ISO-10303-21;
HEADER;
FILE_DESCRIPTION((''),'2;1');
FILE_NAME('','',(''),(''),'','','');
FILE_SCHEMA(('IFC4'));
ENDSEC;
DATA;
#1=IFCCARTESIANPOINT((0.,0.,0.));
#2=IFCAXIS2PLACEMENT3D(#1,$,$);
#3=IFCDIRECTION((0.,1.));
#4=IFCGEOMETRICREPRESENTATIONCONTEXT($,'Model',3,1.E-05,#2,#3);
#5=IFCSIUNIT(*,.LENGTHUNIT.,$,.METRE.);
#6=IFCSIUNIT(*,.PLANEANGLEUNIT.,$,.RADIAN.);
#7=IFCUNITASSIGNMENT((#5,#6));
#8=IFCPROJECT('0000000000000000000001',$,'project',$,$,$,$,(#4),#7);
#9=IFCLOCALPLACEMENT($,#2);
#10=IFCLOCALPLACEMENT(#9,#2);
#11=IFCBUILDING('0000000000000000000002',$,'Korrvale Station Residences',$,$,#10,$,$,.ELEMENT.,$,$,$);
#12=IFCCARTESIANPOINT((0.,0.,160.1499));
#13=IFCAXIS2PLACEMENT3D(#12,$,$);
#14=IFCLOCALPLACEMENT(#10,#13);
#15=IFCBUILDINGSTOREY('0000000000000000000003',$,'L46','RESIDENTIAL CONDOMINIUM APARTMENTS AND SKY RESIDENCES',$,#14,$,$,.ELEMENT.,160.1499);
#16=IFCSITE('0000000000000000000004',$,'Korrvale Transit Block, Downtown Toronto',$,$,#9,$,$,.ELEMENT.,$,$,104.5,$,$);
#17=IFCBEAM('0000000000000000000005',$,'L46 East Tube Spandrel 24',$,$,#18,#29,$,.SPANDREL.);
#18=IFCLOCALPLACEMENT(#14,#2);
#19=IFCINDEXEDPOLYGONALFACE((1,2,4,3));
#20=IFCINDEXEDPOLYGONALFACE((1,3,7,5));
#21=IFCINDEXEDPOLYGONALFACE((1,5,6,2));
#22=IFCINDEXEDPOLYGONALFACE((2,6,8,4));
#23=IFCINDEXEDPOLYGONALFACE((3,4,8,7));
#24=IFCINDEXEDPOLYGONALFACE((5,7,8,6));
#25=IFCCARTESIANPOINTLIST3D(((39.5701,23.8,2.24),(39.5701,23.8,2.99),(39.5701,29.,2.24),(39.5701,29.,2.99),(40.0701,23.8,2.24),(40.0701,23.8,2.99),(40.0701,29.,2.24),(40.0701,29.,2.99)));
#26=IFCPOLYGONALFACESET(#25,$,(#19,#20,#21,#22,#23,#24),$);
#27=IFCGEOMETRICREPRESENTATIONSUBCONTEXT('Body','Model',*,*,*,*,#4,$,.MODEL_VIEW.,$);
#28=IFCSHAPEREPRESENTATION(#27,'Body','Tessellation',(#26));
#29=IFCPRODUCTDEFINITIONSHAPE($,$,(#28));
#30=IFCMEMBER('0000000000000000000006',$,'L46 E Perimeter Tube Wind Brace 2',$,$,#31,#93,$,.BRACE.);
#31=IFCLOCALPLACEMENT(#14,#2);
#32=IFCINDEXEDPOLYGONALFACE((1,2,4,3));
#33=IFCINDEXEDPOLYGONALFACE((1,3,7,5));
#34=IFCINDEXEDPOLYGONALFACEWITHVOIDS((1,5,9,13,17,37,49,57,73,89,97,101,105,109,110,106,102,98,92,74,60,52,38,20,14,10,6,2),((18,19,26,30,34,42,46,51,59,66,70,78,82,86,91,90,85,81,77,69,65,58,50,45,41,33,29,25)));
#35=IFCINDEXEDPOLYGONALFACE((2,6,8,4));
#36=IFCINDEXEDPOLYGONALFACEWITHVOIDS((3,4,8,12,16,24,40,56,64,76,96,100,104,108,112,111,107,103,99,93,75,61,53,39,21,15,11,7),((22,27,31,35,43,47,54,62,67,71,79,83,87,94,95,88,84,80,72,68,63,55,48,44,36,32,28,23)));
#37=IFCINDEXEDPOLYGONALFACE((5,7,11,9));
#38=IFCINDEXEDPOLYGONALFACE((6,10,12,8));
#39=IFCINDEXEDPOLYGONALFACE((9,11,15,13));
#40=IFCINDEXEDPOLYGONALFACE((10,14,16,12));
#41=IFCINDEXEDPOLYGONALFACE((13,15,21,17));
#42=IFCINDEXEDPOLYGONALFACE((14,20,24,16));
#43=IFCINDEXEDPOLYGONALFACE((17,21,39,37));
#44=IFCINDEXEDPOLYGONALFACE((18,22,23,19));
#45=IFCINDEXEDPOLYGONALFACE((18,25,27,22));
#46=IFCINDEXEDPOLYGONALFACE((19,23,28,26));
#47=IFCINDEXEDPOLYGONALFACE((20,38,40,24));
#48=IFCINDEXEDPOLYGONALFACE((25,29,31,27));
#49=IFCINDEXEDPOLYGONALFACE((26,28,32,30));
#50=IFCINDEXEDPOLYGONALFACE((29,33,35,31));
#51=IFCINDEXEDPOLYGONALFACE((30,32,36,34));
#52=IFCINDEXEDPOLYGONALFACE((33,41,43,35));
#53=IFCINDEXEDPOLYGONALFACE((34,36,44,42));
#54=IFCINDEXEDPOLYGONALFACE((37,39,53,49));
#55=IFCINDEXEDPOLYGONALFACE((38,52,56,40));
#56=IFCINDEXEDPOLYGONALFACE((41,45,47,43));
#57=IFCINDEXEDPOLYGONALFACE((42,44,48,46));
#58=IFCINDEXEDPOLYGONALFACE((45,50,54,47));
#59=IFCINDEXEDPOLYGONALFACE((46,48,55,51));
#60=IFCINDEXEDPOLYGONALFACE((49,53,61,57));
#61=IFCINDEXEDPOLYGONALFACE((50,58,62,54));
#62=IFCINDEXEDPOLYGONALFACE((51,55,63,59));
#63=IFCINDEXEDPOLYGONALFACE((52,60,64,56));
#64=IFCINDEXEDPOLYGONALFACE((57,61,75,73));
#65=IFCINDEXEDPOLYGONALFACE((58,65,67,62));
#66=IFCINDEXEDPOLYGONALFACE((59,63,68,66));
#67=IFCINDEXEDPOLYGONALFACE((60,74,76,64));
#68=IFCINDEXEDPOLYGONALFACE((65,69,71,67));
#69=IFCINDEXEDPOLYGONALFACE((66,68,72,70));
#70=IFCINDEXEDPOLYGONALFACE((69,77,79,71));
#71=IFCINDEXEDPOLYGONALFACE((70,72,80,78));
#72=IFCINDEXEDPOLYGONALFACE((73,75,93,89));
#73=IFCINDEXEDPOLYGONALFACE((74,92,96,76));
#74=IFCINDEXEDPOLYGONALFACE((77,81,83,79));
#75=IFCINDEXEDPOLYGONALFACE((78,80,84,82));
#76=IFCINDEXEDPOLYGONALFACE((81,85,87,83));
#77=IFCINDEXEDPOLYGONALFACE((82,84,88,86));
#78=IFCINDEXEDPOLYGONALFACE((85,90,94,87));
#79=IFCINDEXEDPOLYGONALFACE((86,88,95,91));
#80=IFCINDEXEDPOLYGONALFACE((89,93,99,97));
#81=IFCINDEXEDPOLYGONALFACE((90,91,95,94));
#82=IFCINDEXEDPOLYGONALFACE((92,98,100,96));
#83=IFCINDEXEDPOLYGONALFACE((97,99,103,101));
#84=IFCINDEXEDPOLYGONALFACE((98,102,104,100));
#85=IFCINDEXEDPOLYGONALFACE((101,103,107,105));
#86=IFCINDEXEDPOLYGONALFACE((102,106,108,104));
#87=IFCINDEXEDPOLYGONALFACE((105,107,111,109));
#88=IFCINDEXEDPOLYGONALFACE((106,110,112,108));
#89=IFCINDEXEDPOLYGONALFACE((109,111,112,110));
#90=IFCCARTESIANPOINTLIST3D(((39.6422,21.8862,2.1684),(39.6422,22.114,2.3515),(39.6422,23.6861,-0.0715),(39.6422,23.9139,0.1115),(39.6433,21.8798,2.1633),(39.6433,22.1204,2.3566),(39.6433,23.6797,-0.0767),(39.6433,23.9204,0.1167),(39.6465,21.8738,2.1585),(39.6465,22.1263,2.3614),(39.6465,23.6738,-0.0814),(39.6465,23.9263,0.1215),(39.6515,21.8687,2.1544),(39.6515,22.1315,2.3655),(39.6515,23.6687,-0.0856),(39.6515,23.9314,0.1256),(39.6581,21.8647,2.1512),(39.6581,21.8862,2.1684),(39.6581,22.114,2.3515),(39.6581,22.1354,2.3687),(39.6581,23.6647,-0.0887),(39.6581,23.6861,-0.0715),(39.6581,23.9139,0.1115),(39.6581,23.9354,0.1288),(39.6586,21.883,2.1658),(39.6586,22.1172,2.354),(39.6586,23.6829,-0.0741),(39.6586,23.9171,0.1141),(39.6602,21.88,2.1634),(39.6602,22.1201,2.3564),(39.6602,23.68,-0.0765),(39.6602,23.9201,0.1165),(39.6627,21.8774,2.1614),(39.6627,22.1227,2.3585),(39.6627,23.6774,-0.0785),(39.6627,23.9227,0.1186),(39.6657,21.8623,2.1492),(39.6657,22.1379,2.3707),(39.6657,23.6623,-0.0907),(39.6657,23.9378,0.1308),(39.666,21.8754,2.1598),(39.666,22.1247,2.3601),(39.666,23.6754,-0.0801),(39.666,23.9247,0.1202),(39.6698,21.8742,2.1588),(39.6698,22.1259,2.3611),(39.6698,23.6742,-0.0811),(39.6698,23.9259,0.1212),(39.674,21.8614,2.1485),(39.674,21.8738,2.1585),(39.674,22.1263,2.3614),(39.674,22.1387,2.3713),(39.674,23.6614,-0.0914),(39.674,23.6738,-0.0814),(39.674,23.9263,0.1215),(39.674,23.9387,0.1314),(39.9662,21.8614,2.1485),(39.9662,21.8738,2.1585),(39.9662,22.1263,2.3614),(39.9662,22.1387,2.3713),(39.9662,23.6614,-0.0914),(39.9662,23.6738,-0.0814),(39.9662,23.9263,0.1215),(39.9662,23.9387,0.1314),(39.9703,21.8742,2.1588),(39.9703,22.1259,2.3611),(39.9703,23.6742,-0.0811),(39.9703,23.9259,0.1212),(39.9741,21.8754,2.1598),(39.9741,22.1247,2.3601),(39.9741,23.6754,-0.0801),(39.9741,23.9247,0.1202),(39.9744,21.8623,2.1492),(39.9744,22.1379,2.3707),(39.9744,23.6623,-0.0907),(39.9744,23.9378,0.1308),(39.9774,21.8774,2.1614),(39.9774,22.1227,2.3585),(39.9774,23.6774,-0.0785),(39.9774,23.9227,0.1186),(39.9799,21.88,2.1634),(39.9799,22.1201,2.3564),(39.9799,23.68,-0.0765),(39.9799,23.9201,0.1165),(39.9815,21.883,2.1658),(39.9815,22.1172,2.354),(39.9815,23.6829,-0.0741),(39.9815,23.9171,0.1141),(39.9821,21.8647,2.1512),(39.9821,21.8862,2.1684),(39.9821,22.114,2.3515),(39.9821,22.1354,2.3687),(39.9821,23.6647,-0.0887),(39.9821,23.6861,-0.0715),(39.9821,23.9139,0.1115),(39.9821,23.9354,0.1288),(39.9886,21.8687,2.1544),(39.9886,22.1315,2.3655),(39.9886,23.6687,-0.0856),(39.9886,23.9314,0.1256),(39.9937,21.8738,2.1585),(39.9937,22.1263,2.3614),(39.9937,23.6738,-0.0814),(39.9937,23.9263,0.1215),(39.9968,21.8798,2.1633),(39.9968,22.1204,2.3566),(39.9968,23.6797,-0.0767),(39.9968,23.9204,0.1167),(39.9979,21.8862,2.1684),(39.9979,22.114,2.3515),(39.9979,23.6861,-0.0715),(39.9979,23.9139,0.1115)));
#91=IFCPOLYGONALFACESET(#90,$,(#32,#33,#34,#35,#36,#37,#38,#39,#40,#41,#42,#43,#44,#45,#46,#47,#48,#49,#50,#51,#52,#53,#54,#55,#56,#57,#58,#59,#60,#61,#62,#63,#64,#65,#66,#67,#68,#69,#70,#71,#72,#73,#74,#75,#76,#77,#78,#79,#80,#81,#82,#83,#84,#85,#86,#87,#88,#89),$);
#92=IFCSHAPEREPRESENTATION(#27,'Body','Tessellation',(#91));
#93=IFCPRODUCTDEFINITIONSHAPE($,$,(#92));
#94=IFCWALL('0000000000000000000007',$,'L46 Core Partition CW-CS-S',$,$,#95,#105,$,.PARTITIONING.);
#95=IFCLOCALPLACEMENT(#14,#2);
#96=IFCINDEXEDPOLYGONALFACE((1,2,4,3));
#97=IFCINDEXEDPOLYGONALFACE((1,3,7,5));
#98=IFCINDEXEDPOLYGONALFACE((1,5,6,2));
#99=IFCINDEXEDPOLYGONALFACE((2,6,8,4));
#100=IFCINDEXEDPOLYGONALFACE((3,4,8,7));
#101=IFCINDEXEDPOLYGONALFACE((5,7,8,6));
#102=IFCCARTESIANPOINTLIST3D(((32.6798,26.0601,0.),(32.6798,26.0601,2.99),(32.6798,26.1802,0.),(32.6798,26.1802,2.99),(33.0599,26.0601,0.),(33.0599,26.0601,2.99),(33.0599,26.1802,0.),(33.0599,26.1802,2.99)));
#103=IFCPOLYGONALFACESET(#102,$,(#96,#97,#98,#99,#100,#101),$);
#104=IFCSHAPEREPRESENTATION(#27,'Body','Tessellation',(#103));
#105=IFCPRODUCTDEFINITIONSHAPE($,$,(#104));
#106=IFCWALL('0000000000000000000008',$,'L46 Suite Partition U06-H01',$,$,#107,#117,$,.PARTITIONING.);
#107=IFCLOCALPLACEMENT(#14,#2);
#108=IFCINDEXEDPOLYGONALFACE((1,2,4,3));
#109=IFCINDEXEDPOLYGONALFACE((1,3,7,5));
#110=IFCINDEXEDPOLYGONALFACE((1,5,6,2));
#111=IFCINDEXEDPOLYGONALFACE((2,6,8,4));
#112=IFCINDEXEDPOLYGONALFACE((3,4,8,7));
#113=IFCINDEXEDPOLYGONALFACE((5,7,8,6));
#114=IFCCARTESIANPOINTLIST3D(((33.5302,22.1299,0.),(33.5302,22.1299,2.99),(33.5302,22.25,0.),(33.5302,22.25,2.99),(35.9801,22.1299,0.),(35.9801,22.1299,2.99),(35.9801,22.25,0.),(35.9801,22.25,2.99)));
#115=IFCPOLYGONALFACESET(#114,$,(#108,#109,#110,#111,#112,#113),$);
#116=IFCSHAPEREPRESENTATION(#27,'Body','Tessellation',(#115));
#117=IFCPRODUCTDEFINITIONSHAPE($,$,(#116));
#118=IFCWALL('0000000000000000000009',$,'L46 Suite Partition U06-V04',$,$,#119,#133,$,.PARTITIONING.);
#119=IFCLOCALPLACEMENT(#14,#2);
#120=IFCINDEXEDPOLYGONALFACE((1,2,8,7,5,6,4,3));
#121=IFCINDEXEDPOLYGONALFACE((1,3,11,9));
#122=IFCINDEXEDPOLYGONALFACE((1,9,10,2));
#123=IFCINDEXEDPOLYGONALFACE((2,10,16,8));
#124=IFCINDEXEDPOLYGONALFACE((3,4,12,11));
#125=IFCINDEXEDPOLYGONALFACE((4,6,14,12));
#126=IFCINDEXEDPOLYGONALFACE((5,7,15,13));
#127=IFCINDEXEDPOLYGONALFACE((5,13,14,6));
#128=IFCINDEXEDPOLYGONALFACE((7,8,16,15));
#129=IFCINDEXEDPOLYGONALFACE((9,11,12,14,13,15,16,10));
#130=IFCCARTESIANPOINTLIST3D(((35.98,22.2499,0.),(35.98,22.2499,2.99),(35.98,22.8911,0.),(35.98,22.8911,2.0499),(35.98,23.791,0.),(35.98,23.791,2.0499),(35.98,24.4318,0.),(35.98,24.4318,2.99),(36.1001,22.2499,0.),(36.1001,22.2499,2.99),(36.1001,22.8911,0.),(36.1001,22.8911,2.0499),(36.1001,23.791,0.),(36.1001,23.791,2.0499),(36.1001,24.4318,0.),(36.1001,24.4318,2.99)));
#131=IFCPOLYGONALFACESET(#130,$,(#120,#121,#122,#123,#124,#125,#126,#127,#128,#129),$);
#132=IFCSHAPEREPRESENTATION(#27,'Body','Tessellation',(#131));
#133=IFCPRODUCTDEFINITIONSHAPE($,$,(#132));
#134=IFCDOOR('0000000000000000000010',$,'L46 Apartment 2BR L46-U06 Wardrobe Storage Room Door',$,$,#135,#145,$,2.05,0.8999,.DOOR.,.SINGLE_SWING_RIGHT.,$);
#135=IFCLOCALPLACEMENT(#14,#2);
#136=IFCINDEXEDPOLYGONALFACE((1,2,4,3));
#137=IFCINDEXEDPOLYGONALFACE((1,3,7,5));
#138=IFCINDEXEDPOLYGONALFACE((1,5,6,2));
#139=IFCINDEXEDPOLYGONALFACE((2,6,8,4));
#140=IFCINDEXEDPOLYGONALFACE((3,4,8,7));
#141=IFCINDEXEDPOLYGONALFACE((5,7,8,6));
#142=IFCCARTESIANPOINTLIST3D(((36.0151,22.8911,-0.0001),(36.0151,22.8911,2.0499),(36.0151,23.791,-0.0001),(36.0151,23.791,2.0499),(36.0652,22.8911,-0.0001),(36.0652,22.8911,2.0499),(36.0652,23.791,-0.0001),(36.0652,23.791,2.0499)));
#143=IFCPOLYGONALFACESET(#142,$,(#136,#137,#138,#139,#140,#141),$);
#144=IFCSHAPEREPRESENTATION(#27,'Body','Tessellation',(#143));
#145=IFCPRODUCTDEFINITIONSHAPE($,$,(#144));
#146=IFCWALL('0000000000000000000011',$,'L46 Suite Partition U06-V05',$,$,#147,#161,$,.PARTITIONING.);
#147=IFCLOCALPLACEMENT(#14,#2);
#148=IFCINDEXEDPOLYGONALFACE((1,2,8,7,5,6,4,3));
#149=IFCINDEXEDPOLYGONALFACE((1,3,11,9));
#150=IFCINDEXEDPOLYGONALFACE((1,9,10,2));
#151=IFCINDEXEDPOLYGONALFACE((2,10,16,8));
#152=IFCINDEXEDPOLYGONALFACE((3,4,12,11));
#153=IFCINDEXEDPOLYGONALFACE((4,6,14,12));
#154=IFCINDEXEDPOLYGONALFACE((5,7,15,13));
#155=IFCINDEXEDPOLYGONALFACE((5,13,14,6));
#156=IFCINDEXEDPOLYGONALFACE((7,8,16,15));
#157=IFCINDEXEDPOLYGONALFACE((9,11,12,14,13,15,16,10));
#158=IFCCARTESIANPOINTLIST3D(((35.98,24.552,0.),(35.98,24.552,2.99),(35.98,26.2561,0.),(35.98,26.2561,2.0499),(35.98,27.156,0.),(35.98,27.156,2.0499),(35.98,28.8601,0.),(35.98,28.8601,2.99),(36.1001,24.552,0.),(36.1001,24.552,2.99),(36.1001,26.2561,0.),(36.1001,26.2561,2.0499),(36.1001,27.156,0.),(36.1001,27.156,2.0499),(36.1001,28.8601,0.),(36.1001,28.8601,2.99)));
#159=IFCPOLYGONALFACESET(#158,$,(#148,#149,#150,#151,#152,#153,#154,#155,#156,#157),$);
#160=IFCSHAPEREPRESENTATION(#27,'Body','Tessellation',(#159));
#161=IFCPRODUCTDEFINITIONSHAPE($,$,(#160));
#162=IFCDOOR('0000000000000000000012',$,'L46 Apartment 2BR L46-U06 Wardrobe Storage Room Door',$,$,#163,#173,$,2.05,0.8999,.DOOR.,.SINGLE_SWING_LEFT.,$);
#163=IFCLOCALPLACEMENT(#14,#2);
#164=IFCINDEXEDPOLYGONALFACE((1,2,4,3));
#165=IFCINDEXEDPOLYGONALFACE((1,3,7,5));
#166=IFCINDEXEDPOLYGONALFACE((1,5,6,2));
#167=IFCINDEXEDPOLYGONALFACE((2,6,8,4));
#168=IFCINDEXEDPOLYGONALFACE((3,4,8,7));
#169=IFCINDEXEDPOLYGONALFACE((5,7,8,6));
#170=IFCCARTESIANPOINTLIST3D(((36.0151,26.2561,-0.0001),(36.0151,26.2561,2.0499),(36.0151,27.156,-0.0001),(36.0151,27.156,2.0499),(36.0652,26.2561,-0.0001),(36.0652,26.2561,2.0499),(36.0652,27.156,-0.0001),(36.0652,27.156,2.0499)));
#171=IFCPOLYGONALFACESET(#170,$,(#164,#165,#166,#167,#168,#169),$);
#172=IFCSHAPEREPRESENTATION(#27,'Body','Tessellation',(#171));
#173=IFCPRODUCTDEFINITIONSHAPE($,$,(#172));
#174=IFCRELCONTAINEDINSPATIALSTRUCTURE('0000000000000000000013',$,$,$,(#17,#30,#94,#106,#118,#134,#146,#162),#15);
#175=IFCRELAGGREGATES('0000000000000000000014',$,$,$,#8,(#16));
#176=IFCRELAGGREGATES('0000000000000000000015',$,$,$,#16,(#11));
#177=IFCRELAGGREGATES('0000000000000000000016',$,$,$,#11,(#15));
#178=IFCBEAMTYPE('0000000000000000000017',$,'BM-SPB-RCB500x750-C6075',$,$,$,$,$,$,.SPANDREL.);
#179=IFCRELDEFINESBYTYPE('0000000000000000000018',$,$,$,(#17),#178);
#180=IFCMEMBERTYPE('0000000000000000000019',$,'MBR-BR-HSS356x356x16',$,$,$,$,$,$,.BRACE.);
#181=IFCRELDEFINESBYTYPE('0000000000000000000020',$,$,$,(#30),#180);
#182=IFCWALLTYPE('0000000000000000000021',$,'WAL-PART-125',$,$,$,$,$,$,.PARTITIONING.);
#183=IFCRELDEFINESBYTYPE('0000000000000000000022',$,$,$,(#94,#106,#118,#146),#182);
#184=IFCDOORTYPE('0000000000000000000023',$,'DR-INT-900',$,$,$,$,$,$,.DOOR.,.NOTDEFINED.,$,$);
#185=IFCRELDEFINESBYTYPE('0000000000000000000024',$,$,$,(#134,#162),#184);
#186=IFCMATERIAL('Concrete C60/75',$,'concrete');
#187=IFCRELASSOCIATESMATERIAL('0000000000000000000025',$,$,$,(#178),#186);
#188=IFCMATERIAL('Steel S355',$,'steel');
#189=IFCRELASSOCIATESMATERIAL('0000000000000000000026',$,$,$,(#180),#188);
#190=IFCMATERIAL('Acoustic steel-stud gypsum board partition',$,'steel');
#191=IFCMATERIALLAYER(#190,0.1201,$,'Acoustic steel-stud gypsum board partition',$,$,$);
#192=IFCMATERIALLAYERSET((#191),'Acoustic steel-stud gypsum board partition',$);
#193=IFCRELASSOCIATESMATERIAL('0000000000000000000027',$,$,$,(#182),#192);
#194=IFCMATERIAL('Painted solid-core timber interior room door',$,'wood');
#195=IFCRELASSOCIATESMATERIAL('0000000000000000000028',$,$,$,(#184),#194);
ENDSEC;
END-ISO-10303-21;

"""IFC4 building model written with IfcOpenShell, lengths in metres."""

from ifc_helpers import new_model, si_unit, direction, frame, frame_2d, origin, origin_2d, place, context, subcontext, project, spatial, rectangle, hollow_rectangle, extrude, material, layer, layer_set, material_profile, profile_set, type_object, element, fill, save


model = new_model("IFC4")

# Units and contexts
model_context = context("Model", 3, precision=1e-05, world=origin(), true_north=direction((0.0, 1.0)))
body_context = subcontext(model_context, "Body", "Model", "MODEL_VIEW")
ifc_project = project(units=[si_unit("LENGTHUNIT", "METRE"), si_unit("PLANEANGLEUNIT", "RADIAN")], contexts=[model_context])

# Site, building, storey
site_placement = place(None, origin())
site = spatial("IfcSite", under=ifc_project, at=site_placement, Name="Korrvale Transit Block, Downtown Toronto", CompositionType="ELEMENT", RefElevation=104.5)
building_placement = place(site_placement, origin())
building = spatial("IfcBuilding", under=site, at=building_placement, Name="Korrvale Station Residences", CompositionType="ELEMENT")
storey_placement = place(building_placement, frame((0.0, 0.0, 160.1499)))
storey = spatial("IfcBuildingStorey", under=building, at=storey_placement, Name="L46", Description="RESIDENTIAL CONDOMINIUM APARTMENTS AND SKY RESIDENCES", CompositionType="ELEMENT", Elevation=160.1499)

# Shared definitions
ifc_material_1 = material(Name="Concrete C60/75", Category="concrete")

# Beam
ifc_material_2 = material(Name="Steel S355", Category="steel")
ifc_material_profile_1 = material_profile(ifc_material_1, rectangle(XDim=0.5, YDim=0.75, at=origin_2d()), Name="RCB500x750")
ifc_profile_set_1 = profile_set([ifc_material_profile_1], Name="Concrete C60/75")
beam_type_1 = type_object("IfcBeamType", Name="BM-SPB-RCB500x750-C6075", PredefinedType="SPANDREL", material=ifc_profile_set_1)
beam_1_placement = place(storey_placement, frame((39.8201, 23.8, 2.615), z_axis=(0.0, 1.0, 0.0), x_axis=(-1.0, 0.0, 0.0)))
element("IfcBeam", 1, at=beam_1_placement, inside=storey, type_object=beam_type_1, Name="L46 East Tube Spandrel 24", PredefinedType="SPANDREL", context=body_context, shape_type="SweptSolid", body=[
    extrude(rectangle(XDim=0.5, YDim=0.75, at=origin_2d()), origin(), (0.0, 0.0, 1.0), 5.2),
])

# Member
ifc_material_profile_2 = material_profile(ifc_material_2, hollow_rectangle(XDim=0.3557, YDim=0.3557, WallThickness=0.0159, InnerFilletRadius=0.0159, OuterFilletRadius=0.0317, at=origin_2d()), Name="HSS356x356x16")
ifc_profile_set_2 = profile_set([ifc_material_profile_2], Name="Steel S355")
member_type = type_object("IfcMemberType", Name="MBR-BR-HSS356x356x16", PredefinedType="BRACE", material=ifc_profile_set_2)
member_placement = place(storey_placement, frame((39.8201, 23.8, 0.02), z_axis=(0.0, -0.626403, 0.779499), x_axis=(1.0, 0.0, 0.0)))
element("IfcMember", 2, at=member_placement, inside=storey, type_object=member_type, Name="L46 E Perimeter Tube Wind Brace 2", PredefinedType="BRACE", context=body_context, shape_type="SweptSolid", body=[
    extrude(hollow_rectangle(XDim=0.3557, YDim=0.3557, WallThickness=0.0159, InnerFilletRadius=0.0159, OuterFilletRadius=0.0317, at=origin_2d()), origin(), (0.0, 0.0, 1.0), 2.8735),
])

# Walls
ifc_material_3 = material(Name="Acoustic steel-stud gypsum board partition", Category="steel")
ifc_layer_1 = layer(ifc_material_3, 0.1201, Name="Acoustic steel-stud gypsum board partition")
ifc_layer_set_1 = layer_set([ifc_layer_1], Name="Acoustic steel-stud gypsum board partition")
wall_type_1 = type_object("IfcWallType", Name="WAL-PART-125", PredefinedType="PARTITIONING", material=ifc_layer_set_1)
wall_1_placement = place(storey_placement, frame((32.6799, 26.1201, 0.0), z_axis=(0.0, 0.0, 1.0), x_axis=(1.0, 0.0, 0.0)))
element("IfcWall", 3, at=wall_1_placement, inside=storey, type_object=wall_type_1, Name="L46 Core Partition CW-CS-S", PredefinedType="PARTITIONING", context=body_context, shape_type="SweptSolid", body=[
    extrude(rectangle(XDim=0.3801, YDim=0.1201, at=frame_2d((0.1899, 0.0))), origin(), (0.0, 0.0, 1.0), 2.99),
])
wall_2_placement = place(storey_placement, frame((33.53, 22.1899, 0.0), z_axis=(0.0, 0.0, 1.0), x_axis=(1.0, 0.0, 0.0)))
element("IfcWall", 4, at=wall_2_placement, inside=storey, type_object=wall_type_1, Name="L46 Suite Partition U06-H01", PredefinedType="PARTITIONING", context=body_context, shape_type="SweptSolid", body=[
    extrude(rectangle(XDim=2.45, YDim=0.1201, at=frame_2d((1.2251, 0.0))), origin(), (0.0, 0.0, 1.0), 2.99),
])

# Walls, openings, doors
wall_3_placement = place(storey_placement, frame((36.04, 22.25, 0.0), z_axis=(0.0, 0.0, 1.0), x_axis=(0.0, 1.0, 0.0)))
wall_3 = element("IfcWall", 5, at=wall_3_placement, inside=storey, type_object=wall_type_1, Name="L46 Suite Partition U06-V04", PredefinedType="PARTITIONING", context=body_context, shape_type="SweptSolid", body=[
    extrude(rectangle(XDim=2.1819, YDim=0.1201, at=frame_2d((1.0908, 0.0))), origin(), (0.0, 0.0, 1.0), 2.99),
])
opening_1_placement = place(wall_3_placement, frame((0.6411, 0.0, 0.0)))
opening_1 = element("IfcOpeningElement", 6, at=opening_1_placement, cuts=wall_3, PredefinedType="OPENING", context=body_context, shape_type="SweptSolid", body=[
    extrude(rectangle(XDim=0.8999, YDim=2.05, at=frame_2d((0.45, 1.0249))), frame((0.0, 0.0701, 0.0), z_axis=(0.0, -1.0, 0.0), x_axis=(1.0, 0.0, 0.0)), (0.0, 0.0, 1.0), 0.1401),
])
ifc_material_4 = material(Name="Painted solid-core timber interior room door", Category="wood")
door_type = type_object("IfcDoorType", Name="DR-INT-900", OperationType="NOTDEFINED", PredefinedType="DOOR", material=ifc_material_4)
door_1_placement = place(opening_1_placement, origin())
door_1 = element("IfcDoor", 7, at=door_1_placement, inside=storey, type_object=door_type, Name="L46 Apartment 2BR L46-U06 Wardrobe Storage Room Door", OperationType="SINGLE_SWING_RIGHT", OverallHeight=2.05, OverallWidth=0.8999, PredefinedType="DOOR", context=body_context, shape_type="SweptSolid", body=[
    extrude(rectangle(XDim=0.8999, YDim=2.05, at=frame_2d((0.45, 1.0249))), frame((0.0, 0.0249, 0.0), z_axis=(0.0, -1.0, 0.0), x_axis=(1.0, 0.0, 0.0)), (0.0, 0.0, 1.0), 0.05),
])
fill(opening_1, door_1)
wall_4_placement = place(storey_placement, frame((36.04, 24.552, 0.0), z_axis=(0.0, 0.0, 1.0), x_axis=(0.0, 1.0, 0.0)))
wall_4 = element("IfcWall", 8, at=wall_4_placement, inside=storey, type_object=wall_type_1, Name="L46 Suite Partition U06-V05", PredefinedType="PARTITIONING", context=body_context, shape_type="SweptSolid", body=[
    extrude(rectangle(XDim=4.3081, YDim=0.1201, at=frame_2d((2.1541, 0.0))), origin(), (0.0, 0.0, 1.0), 2.99),
])
opening_2_placement = place(wall_4_placement, frame((1.7041, 0.0, 0.0)))
opening_2 = element("IfcOpeningElement", 9, at=opening_2_placement, cuts=wall_4, PredefinedType="OPENING", context=body_context, shape_type="SweptSolid", body=[
    extrude(rectangle(XDim=0.8999, YDim=2.05, at=frame_2d((0.45, 1.0249))), frame((0.0, 0.0701, 0.0), z_axis=(0.0, -1.0, 0.0), x_axis=(1.0, 0.0, 0.0)), (0.0, 0.0, 1.0), 0.1401),
])
door_2_placement = place(opening_2_placement, origin())
door_2 = element("IfcDoor", 10, at=door_2_placement, inside=storey, type_object=door_type, Name="L46 Apartment 2BR L46-U06 Wardrobe Storage Room Door", OperationType="SINGLE_SWING_LEFT", OverallHeight=2.05, OverallWidth=0.8999, PredefinedType="DOOR", context=body_context, shape_type="SweptSolid", body=[
    extrude(rectangle(XDim=0.8999, YDim=2.05, at=frame_2d((0.45, 1.0249))), frame((0.0, 0.0249, 0.0), z_axis=(0.0, -1.0, 0.0), x_axis=(1.0, 0.0, 0.0)), (0.0, 0.0, 1.0), 0.05),
])
fill(opening_2, door_2)

save(model, "model.ifc")
